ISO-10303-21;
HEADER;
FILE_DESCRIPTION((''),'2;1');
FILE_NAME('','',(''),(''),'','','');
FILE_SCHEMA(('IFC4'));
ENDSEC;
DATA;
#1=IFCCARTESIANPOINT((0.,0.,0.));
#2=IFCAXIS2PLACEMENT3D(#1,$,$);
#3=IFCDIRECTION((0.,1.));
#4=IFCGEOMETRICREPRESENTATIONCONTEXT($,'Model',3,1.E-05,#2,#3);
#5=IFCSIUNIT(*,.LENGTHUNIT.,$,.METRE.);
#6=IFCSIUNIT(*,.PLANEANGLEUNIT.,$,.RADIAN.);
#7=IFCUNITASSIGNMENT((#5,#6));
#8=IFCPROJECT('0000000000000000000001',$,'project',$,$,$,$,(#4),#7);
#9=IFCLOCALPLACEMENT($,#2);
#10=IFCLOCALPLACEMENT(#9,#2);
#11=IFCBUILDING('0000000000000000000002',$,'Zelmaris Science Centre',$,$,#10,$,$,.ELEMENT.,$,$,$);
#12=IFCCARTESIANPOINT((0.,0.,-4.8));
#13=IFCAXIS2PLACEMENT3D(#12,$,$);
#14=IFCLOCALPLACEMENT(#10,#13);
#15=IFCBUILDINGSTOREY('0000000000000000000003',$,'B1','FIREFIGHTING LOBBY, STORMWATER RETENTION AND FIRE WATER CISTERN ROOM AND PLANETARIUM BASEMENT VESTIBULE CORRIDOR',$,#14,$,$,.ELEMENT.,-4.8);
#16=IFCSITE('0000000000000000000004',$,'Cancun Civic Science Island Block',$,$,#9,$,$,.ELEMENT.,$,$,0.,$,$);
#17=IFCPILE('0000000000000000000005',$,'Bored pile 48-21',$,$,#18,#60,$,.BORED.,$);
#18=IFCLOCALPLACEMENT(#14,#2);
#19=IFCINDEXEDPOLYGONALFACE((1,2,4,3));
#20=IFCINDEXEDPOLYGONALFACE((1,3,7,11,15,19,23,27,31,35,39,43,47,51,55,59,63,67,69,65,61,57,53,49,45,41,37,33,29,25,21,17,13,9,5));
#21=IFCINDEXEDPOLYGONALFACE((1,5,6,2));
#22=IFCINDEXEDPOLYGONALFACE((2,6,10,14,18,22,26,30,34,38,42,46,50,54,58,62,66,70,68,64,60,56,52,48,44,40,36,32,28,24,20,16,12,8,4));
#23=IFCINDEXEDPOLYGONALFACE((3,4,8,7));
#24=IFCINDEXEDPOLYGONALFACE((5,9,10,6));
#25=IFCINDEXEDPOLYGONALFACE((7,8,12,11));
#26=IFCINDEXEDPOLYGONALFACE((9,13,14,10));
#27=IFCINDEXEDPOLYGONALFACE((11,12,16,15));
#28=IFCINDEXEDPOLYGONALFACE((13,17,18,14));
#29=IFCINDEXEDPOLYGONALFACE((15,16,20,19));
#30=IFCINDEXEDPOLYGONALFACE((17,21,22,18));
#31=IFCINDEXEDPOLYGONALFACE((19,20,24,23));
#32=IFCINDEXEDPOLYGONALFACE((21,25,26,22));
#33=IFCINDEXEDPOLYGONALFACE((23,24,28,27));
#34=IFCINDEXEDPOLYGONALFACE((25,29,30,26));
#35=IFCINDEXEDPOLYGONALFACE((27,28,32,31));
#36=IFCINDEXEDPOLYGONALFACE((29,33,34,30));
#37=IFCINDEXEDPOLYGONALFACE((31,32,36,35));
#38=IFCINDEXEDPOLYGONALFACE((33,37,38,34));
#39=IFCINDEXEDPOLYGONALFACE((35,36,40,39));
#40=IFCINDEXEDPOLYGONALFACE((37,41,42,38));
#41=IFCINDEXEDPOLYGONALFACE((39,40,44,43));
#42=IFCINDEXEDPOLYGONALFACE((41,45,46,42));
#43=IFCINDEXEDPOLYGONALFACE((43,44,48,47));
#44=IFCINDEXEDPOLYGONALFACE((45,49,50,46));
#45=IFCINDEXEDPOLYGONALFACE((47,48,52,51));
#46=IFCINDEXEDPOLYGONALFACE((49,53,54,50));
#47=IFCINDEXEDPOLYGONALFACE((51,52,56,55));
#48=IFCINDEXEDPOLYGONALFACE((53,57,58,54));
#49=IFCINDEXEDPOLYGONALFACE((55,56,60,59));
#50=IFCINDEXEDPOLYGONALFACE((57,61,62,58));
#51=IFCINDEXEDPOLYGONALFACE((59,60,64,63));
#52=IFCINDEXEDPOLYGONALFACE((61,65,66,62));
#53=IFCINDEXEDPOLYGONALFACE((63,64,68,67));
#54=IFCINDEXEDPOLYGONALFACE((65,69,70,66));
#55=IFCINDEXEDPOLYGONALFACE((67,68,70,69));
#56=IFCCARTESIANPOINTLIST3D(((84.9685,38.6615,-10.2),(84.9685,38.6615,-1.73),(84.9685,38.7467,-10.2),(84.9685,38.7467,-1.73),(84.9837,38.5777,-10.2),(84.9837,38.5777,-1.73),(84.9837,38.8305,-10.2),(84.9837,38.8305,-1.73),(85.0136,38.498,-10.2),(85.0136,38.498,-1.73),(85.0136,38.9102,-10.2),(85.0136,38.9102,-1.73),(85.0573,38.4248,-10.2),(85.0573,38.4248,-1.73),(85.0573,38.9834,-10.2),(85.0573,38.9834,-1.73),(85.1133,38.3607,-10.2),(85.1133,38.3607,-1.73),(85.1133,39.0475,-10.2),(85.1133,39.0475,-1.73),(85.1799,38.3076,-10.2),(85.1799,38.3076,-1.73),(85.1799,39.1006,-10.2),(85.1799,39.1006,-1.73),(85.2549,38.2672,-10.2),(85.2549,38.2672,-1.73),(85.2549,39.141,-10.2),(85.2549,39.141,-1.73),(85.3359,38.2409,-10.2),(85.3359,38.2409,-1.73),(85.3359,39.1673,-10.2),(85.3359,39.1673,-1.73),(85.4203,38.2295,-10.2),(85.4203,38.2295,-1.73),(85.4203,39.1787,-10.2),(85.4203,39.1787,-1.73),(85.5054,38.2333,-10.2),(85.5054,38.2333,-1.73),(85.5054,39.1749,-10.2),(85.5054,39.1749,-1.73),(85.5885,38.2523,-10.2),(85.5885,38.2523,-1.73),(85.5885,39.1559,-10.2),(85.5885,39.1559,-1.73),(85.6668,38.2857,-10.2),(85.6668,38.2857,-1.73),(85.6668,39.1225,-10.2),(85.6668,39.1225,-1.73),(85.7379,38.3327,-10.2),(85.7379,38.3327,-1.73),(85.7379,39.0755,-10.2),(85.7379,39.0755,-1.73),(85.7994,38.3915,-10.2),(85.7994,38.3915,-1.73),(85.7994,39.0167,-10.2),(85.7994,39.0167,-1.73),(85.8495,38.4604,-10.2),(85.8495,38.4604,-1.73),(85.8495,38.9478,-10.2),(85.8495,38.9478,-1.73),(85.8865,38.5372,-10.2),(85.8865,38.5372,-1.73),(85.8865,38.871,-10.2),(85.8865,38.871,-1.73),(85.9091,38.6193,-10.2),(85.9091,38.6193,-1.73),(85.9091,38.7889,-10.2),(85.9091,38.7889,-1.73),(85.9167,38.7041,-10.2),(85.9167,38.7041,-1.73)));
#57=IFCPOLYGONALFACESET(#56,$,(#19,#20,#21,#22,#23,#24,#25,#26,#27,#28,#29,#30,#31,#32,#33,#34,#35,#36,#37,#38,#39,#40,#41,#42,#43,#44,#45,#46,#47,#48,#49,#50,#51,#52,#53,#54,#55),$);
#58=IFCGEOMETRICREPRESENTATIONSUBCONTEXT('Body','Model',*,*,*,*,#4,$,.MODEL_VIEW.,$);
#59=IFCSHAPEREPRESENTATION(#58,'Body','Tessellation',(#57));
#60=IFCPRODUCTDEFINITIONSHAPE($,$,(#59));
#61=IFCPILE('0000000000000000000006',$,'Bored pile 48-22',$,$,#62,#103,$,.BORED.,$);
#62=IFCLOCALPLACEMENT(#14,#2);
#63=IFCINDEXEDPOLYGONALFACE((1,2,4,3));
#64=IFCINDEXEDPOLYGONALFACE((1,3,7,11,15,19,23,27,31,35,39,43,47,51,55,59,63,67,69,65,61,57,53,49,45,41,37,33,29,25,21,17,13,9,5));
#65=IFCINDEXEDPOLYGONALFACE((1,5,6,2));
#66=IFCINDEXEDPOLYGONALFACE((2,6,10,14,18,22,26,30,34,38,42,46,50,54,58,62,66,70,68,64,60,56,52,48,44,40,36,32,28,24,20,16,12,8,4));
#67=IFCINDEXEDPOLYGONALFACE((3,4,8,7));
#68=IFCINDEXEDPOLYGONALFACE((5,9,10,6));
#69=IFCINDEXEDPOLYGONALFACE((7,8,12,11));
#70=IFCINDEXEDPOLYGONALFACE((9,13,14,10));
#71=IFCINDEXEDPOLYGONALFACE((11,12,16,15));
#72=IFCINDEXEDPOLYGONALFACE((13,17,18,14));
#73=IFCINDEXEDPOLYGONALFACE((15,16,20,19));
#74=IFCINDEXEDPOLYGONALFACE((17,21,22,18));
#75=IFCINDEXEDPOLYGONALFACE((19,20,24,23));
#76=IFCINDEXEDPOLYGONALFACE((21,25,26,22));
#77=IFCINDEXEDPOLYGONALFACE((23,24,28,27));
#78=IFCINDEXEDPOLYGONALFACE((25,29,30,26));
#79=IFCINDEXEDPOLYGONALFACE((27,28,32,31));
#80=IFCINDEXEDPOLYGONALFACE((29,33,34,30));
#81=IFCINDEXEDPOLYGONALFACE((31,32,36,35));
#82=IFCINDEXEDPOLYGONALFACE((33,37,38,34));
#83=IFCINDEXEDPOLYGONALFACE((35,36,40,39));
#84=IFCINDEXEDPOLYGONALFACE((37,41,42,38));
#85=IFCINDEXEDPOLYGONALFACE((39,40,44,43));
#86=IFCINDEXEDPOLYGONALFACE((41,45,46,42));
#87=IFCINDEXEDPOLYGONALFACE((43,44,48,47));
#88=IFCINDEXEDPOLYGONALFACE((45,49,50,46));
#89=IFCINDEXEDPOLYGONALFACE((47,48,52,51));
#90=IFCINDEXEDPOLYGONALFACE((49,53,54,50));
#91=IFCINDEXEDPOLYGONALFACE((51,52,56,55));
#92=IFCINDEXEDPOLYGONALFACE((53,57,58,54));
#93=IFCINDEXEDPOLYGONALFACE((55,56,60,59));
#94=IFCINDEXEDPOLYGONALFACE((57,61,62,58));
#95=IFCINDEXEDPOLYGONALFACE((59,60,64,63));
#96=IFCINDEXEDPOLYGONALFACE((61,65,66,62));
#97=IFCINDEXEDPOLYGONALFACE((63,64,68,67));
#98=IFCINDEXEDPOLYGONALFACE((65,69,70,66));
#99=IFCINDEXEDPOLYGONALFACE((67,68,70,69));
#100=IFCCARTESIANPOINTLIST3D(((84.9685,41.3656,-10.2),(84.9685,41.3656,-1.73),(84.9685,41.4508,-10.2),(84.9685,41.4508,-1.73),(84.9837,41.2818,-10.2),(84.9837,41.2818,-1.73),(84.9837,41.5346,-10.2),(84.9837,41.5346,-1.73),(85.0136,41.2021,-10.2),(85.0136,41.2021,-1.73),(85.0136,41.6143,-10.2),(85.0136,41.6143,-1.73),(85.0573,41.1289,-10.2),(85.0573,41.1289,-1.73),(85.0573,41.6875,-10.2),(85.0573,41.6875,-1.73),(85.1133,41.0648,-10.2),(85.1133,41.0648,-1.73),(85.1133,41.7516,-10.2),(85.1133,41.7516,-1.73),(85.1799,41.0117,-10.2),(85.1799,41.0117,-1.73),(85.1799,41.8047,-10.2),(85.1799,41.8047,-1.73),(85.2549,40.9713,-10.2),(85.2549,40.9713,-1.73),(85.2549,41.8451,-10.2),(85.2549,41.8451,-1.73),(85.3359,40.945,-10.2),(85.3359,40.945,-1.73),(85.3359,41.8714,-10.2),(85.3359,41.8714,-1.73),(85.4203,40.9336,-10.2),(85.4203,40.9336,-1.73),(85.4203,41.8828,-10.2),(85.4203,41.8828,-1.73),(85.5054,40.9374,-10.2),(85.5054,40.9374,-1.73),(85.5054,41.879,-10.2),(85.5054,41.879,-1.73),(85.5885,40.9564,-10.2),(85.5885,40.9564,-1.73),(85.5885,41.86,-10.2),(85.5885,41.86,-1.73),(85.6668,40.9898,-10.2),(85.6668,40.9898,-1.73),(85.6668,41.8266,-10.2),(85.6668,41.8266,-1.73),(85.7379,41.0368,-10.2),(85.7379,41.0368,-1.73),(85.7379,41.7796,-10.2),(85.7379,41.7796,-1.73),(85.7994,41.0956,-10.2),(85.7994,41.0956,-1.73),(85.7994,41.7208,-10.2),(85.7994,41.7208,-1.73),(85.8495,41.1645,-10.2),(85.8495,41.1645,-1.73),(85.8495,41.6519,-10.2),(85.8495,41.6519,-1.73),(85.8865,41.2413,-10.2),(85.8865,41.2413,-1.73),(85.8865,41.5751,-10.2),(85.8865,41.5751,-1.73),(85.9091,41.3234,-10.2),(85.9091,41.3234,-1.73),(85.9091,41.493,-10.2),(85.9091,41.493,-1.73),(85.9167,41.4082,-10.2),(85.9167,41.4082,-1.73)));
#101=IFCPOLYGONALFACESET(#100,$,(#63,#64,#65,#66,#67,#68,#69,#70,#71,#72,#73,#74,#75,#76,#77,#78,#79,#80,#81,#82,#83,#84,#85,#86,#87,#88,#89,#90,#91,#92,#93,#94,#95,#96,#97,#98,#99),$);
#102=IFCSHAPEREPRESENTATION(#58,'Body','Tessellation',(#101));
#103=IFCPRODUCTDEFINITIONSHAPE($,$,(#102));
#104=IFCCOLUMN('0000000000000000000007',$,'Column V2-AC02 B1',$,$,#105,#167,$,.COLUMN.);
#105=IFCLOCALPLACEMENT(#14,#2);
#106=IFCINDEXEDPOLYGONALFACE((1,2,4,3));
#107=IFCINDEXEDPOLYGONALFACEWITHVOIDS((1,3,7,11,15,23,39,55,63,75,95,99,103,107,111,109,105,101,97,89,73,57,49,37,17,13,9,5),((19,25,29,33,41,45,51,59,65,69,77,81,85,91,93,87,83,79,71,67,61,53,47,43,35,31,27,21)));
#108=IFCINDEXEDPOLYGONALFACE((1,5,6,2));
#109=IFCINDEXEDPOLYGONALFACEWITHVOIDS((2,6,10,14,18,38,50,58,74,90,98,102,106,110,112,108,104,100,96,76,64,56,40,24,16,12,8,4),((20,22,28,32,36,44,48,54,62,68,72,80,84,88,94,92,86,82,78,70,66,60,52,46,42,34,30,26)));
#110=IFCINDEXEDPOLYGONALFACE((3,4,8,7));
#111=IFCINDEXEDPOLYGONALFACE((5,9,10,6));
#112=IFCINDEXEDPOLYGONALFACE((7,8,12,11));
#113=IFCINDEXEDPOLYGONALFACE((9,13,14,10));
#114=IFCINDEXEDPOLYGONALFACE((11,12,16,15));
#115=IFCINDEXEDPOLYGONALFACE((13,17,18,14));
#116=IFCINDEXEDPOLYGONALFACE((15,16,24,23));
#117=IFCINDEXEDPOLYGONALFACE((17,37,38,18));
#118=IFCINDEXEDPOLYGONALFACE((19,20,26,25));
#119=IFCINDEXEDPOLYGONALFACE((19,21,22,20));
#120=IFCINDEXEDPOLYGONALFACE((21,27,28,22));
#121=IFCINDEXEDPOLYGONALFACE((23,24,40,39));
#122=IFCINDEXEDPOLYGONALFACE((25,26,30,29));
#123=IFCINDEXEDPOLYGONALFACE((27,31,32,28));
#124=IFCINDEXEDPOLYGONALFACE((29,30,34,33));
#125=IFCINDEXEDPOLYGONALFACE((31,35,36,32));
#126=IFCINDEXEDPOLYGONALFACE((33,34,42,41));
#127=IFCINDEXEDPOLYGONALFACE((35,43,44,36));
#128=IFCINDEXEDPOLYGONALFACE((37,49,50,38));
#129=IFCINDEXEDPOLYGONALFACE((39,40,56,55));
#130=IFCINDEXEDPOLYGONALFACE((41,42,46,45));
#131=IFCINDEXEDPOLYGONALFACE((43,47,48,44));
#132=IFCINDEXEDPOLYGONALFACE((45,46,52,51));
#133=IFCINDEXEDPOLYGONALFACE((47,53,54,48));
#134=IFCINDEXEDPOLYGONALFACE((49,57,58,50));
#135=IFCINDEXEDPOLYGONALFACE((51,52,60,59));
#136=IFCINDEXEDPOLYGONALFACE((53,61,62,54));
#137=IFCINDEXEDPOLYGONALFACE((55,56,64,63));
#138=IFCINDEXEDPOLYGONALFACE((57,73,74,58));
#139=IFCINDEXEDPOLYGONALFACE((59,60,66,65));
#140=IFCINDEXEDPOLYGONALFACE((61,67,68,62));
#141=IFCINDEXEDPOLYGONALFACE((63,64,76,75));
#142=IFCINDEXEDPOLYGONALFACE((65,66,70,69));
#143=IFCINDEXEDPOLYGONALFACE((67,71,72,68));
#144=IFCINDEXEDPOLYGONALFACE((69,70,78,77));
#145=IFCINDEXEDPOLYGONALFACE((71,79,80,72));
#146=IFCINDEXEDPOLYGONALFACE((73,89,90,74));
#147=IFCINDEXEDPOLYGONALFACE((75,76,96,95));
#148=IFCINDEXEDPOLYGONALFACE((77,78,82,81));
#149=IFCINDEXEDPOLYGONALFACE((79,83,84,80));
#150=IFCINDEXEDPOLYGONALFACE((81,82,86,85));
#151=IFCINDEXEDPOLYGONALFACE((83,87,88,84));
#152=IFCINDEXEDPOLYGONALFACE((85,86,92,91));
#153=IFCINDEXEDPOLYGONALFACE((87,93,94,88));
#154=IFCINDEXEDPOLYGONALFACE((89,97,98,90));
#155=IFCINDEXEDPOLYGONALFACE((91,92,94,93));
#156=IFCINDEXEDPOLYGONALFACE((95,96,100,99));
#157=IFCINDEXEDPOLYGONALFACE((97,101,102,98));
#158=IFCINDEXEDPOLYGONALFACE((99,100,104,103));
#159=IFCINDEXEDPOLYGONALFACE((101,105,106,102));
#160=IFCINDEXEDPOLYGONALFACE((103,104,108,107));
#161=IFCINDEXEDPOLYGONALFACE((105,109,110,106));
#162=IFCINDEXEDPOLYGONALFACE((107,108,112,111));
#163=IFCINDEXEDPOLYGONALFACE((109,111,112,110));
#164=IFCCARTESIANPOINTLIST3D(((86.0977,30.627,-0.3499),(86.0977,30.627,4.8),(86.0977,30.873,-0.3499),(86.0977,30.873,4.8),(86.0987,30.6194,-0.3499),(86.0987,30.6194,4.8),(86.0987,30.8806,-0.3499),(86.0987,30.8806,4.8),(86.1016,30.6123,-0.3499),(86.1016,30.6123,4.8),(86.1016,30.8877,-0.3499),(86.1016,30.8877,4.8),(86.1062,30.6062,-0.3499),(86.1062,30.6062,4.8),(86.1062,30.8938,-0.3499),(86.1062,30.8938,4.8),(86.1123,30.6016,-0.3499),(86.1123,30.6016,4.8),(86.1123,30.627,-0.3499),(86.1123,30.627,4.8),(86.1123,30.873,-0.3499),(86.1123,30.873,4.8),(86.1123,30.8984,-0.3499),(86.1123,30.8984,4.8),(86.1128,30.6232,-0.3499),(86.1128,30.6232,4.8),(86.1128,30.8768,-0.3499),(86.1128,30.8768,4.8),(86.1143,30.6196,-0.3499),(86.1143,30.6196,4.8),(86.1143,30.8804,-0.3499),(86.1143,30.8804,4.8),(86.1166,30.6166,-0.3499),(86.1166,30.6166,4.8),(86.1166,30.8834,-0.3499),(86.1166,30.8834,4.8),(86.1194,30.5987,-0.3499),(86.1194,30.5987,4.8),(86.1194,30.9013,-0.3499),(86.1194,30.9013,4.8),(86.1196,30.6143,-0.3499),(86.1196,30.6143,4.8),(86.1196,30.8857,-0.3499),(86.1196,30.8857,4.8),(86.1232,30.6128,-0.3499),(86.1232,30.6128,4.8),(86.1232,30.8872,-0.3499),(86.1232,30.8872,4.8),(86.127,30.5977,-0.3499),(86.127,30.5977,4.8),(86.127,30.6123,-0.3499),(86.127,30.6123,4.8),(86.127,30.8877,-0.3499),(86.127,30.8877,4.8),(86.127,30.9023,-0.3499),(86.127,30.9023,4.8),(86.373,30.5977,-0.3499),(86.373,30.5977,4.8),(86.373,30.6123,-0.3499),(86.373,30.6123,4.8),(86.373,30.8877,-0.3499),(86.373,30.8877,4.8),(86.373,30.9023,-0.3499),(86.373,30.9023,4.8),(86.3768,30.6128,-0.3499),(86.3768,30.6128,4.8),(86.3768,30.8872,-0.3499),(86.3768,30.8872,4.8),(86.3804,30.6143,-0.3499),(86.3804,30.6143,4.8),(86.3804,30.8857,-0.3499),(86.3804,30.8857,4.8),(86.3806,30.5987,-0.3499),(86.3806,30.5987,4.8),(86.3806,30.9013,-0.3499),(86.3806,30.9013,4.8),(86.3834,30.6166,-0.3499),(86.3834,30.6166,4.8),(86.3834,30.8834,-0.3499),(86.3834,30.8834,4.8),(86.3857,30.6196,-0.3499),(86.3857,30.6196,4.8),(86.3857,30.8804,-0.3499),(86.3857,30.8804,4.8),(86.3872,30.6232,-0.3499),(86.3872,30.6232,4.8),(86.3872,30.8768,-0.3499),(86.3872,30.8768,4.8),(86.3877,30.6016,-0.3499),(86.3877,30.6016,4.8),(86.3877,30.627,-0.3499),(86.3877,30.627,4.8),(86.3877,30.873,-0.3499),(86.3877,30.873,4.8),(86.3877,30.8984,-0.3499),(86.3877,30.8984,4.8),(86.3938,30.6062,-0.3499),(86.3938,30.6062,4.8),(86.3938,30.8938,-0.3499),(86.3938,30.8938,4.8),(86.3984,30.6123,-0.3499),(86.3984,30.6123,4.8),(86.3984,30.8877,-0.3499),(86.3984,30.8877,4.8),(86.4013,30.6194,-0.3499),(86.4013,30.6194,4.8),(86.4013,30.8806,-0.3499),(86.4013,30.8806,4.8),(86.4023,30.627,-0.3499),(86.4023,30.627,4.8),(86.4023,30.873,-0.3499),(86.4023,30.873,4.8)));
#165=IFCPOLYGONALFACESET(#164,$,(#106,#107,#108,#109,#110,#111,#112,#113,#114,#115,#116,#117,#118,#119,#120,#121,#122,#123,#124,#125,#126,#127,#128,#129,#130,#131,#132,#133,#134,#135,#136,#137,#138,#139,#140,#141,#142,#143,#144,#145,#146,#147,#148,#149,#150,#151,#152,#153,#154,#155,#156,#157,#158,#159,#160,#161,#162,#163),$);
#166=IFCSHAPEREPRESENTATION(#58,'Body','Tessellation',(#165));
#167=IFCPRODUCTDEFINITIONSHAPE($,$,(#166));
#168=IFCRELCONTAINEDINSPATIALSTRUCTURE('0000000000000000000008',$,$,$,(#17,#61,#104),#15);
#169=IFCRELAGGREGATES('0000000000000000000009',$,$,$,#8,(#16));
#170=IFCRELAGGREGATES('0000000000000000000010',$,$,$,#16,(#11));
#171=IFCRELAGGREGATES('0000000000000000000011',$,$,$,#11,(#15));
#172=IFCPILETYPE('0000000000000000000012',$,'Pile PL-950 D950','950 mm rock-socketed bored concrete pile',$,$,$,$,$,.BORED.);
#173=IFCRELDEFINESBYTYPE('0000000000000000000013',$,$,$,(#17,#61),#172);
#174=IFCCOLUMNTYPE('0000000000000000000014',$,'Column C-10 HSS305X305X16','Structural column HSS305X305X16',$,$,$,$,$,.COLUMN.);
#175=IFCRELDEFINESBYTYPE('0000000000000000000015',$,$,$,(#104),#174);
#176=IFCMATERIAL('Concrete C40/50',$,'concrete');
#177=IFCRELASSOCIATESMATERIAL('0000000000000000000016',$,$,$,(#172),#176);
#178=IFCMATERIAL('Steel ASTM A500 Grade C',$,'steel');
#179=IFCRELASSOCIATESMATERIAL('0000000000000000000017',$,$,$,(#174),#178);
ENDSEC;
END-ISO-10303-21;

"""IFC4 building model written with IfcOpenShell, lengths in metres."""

from ifc_helpers import new_model, si_unit, direction, frame, origin, origin_2d, place, context, subcontext, project, spatial, hollow_rectangle, circle, extrude, material, material_profile, profile_set, type_object, element, save


model = new_model("IFC4")

# Units and contexts
model_context = context("Model", 3, precision=1e-05, world=origin(), true_north=direction((0.0, 1.0)))
body_context = subcontext(model_context, "Body", "Model", "MODEL_VIEW")
ifc_project = project(units=[si_unit("LENGTHUNIT", "METRE"), si_unit("PLANEANGLEUNIT", "RADIAN")], contexts=[model_context])

# Site, building, storey
site_placement = place(None, origin())
site = spatial("IfcSite", under=ifc_project, at=site_placement, Name="Cancun Civic Science Island Block", CompositionType="ELEMENT", RefElevation=0.0)
building_placement = place(site_placement, origin())
building = spatial("IfcBuilding", under=site, at=building_placement, Name="Zelmaris Science Centre", CompositionType="ELEMENT")
storey_placement = place(building_placement, frame((0.0, 0.0, -4.8)))
storey = spatial("IfcBuildingStorey", under=building, at=storey_placement, Name="B1", Description="FIREFIGHTING LOBBY, STORMWATER RETENTION AND FIRE WATER CISTERN ROOM AND PLANETARIUM BASEMENT VESTIBULE CORRIDOR", CompositionType="ELEMENT", Elevation=-4.8)

# Shared definitions
ifc_material_1 = material(Name="Concrete C40/50", Category="concrete")

# Piles
ifc_material_profile_1 = material_profile(ifc_material_1, circle(Radius=0.4751, at=origin_2d()), Name="PILE-950")
ifc_profile_set_1 = profile_set([ifc_material_profile_1], Name="Concrete C40/50")
pile_type_1 = type_object("IfcPileType", Name="Pile PL-950 D950", Description="950 mm rock-socketed bored concrete pile", PredefinedType="BORED", material=ifc_profile_set_1)
for number, where, z_axis, x_axis, name in (
    (1, (85.4417, 38.7041, -1.73), (0.0, 0.0, -1.0), (1.0, 0.0, 0.0), "Bored pile 48-21"),
    (2, (85.4417, 41.4082, -1.73), (0.0, 0.0, -1.0), (1.0, 0.0, 0.0), "Bored pile 48-22"),
):
    element("IfcPile", number, at=place(storey_placement, frame(where, z_axis=z_axis, x_axis=x_axis)), inside=storey, type_object=pile_type_1, Name=name, PredefinedType="BORED", context=body_context, shape_type="SweptSolid", body=[
        extrude(circle(Radius=0.4751, at=origin_2d()), origin(), (0.0, 0.0, 1.0), 8.47),
    ])

# Column
ifc_material_2 = material(Name="Steel ASTM A500 Grade C", Category="steel")
ifc_material_profile_2 = material_profile(ifc_material_2, hollow_rectangle(XDim=0.3047, YDim=0.3047, WallThickness=0.0146, InnerFilletRadius=0.0146, OuterFilletRadius=0.0293, at=origin_2d()), Name="HSS305X305X16")
ifc_profile_set_2 = profile_set([ifc_material_profile_2], Name="Steel ASTM A500 Grade C")
column_type = type_object("IfcColumnType", Name="Column C-10 HSS305X305X16", Description="Structural column HSS305X305X16", PredefinedType="COLUMN", material=ifc_profile_set_2)
for number, where, z_axis, x_axis, name in (
    (3, (86.25, 30.75, -0.3499), (0.0, 0.0, 1.0), (1.0, 0.0, 0.0), "Column V2-AC02 B1"),
):
    element("IfcColumn", number, at=place(storey_placement, frame(where, z_axis=z_axis, x_axis=x_axis)), inside=storey, type_object=column_type, Name=name, PredefinedType="COLUMN", context=body_context, shape_type="SweptSolid", body=[
        extrude(hollow_rectangle(XDim=0.3047, YDim=0.3047, WallThickness=0.0146, InnerFilletRadius=0.0146, OuterFilletRadius=0.0293, at=origin_2d()), origin(), (0.0, 0.0, 1.0), 5.1499),
    ])

save(model, "model.ifc")
